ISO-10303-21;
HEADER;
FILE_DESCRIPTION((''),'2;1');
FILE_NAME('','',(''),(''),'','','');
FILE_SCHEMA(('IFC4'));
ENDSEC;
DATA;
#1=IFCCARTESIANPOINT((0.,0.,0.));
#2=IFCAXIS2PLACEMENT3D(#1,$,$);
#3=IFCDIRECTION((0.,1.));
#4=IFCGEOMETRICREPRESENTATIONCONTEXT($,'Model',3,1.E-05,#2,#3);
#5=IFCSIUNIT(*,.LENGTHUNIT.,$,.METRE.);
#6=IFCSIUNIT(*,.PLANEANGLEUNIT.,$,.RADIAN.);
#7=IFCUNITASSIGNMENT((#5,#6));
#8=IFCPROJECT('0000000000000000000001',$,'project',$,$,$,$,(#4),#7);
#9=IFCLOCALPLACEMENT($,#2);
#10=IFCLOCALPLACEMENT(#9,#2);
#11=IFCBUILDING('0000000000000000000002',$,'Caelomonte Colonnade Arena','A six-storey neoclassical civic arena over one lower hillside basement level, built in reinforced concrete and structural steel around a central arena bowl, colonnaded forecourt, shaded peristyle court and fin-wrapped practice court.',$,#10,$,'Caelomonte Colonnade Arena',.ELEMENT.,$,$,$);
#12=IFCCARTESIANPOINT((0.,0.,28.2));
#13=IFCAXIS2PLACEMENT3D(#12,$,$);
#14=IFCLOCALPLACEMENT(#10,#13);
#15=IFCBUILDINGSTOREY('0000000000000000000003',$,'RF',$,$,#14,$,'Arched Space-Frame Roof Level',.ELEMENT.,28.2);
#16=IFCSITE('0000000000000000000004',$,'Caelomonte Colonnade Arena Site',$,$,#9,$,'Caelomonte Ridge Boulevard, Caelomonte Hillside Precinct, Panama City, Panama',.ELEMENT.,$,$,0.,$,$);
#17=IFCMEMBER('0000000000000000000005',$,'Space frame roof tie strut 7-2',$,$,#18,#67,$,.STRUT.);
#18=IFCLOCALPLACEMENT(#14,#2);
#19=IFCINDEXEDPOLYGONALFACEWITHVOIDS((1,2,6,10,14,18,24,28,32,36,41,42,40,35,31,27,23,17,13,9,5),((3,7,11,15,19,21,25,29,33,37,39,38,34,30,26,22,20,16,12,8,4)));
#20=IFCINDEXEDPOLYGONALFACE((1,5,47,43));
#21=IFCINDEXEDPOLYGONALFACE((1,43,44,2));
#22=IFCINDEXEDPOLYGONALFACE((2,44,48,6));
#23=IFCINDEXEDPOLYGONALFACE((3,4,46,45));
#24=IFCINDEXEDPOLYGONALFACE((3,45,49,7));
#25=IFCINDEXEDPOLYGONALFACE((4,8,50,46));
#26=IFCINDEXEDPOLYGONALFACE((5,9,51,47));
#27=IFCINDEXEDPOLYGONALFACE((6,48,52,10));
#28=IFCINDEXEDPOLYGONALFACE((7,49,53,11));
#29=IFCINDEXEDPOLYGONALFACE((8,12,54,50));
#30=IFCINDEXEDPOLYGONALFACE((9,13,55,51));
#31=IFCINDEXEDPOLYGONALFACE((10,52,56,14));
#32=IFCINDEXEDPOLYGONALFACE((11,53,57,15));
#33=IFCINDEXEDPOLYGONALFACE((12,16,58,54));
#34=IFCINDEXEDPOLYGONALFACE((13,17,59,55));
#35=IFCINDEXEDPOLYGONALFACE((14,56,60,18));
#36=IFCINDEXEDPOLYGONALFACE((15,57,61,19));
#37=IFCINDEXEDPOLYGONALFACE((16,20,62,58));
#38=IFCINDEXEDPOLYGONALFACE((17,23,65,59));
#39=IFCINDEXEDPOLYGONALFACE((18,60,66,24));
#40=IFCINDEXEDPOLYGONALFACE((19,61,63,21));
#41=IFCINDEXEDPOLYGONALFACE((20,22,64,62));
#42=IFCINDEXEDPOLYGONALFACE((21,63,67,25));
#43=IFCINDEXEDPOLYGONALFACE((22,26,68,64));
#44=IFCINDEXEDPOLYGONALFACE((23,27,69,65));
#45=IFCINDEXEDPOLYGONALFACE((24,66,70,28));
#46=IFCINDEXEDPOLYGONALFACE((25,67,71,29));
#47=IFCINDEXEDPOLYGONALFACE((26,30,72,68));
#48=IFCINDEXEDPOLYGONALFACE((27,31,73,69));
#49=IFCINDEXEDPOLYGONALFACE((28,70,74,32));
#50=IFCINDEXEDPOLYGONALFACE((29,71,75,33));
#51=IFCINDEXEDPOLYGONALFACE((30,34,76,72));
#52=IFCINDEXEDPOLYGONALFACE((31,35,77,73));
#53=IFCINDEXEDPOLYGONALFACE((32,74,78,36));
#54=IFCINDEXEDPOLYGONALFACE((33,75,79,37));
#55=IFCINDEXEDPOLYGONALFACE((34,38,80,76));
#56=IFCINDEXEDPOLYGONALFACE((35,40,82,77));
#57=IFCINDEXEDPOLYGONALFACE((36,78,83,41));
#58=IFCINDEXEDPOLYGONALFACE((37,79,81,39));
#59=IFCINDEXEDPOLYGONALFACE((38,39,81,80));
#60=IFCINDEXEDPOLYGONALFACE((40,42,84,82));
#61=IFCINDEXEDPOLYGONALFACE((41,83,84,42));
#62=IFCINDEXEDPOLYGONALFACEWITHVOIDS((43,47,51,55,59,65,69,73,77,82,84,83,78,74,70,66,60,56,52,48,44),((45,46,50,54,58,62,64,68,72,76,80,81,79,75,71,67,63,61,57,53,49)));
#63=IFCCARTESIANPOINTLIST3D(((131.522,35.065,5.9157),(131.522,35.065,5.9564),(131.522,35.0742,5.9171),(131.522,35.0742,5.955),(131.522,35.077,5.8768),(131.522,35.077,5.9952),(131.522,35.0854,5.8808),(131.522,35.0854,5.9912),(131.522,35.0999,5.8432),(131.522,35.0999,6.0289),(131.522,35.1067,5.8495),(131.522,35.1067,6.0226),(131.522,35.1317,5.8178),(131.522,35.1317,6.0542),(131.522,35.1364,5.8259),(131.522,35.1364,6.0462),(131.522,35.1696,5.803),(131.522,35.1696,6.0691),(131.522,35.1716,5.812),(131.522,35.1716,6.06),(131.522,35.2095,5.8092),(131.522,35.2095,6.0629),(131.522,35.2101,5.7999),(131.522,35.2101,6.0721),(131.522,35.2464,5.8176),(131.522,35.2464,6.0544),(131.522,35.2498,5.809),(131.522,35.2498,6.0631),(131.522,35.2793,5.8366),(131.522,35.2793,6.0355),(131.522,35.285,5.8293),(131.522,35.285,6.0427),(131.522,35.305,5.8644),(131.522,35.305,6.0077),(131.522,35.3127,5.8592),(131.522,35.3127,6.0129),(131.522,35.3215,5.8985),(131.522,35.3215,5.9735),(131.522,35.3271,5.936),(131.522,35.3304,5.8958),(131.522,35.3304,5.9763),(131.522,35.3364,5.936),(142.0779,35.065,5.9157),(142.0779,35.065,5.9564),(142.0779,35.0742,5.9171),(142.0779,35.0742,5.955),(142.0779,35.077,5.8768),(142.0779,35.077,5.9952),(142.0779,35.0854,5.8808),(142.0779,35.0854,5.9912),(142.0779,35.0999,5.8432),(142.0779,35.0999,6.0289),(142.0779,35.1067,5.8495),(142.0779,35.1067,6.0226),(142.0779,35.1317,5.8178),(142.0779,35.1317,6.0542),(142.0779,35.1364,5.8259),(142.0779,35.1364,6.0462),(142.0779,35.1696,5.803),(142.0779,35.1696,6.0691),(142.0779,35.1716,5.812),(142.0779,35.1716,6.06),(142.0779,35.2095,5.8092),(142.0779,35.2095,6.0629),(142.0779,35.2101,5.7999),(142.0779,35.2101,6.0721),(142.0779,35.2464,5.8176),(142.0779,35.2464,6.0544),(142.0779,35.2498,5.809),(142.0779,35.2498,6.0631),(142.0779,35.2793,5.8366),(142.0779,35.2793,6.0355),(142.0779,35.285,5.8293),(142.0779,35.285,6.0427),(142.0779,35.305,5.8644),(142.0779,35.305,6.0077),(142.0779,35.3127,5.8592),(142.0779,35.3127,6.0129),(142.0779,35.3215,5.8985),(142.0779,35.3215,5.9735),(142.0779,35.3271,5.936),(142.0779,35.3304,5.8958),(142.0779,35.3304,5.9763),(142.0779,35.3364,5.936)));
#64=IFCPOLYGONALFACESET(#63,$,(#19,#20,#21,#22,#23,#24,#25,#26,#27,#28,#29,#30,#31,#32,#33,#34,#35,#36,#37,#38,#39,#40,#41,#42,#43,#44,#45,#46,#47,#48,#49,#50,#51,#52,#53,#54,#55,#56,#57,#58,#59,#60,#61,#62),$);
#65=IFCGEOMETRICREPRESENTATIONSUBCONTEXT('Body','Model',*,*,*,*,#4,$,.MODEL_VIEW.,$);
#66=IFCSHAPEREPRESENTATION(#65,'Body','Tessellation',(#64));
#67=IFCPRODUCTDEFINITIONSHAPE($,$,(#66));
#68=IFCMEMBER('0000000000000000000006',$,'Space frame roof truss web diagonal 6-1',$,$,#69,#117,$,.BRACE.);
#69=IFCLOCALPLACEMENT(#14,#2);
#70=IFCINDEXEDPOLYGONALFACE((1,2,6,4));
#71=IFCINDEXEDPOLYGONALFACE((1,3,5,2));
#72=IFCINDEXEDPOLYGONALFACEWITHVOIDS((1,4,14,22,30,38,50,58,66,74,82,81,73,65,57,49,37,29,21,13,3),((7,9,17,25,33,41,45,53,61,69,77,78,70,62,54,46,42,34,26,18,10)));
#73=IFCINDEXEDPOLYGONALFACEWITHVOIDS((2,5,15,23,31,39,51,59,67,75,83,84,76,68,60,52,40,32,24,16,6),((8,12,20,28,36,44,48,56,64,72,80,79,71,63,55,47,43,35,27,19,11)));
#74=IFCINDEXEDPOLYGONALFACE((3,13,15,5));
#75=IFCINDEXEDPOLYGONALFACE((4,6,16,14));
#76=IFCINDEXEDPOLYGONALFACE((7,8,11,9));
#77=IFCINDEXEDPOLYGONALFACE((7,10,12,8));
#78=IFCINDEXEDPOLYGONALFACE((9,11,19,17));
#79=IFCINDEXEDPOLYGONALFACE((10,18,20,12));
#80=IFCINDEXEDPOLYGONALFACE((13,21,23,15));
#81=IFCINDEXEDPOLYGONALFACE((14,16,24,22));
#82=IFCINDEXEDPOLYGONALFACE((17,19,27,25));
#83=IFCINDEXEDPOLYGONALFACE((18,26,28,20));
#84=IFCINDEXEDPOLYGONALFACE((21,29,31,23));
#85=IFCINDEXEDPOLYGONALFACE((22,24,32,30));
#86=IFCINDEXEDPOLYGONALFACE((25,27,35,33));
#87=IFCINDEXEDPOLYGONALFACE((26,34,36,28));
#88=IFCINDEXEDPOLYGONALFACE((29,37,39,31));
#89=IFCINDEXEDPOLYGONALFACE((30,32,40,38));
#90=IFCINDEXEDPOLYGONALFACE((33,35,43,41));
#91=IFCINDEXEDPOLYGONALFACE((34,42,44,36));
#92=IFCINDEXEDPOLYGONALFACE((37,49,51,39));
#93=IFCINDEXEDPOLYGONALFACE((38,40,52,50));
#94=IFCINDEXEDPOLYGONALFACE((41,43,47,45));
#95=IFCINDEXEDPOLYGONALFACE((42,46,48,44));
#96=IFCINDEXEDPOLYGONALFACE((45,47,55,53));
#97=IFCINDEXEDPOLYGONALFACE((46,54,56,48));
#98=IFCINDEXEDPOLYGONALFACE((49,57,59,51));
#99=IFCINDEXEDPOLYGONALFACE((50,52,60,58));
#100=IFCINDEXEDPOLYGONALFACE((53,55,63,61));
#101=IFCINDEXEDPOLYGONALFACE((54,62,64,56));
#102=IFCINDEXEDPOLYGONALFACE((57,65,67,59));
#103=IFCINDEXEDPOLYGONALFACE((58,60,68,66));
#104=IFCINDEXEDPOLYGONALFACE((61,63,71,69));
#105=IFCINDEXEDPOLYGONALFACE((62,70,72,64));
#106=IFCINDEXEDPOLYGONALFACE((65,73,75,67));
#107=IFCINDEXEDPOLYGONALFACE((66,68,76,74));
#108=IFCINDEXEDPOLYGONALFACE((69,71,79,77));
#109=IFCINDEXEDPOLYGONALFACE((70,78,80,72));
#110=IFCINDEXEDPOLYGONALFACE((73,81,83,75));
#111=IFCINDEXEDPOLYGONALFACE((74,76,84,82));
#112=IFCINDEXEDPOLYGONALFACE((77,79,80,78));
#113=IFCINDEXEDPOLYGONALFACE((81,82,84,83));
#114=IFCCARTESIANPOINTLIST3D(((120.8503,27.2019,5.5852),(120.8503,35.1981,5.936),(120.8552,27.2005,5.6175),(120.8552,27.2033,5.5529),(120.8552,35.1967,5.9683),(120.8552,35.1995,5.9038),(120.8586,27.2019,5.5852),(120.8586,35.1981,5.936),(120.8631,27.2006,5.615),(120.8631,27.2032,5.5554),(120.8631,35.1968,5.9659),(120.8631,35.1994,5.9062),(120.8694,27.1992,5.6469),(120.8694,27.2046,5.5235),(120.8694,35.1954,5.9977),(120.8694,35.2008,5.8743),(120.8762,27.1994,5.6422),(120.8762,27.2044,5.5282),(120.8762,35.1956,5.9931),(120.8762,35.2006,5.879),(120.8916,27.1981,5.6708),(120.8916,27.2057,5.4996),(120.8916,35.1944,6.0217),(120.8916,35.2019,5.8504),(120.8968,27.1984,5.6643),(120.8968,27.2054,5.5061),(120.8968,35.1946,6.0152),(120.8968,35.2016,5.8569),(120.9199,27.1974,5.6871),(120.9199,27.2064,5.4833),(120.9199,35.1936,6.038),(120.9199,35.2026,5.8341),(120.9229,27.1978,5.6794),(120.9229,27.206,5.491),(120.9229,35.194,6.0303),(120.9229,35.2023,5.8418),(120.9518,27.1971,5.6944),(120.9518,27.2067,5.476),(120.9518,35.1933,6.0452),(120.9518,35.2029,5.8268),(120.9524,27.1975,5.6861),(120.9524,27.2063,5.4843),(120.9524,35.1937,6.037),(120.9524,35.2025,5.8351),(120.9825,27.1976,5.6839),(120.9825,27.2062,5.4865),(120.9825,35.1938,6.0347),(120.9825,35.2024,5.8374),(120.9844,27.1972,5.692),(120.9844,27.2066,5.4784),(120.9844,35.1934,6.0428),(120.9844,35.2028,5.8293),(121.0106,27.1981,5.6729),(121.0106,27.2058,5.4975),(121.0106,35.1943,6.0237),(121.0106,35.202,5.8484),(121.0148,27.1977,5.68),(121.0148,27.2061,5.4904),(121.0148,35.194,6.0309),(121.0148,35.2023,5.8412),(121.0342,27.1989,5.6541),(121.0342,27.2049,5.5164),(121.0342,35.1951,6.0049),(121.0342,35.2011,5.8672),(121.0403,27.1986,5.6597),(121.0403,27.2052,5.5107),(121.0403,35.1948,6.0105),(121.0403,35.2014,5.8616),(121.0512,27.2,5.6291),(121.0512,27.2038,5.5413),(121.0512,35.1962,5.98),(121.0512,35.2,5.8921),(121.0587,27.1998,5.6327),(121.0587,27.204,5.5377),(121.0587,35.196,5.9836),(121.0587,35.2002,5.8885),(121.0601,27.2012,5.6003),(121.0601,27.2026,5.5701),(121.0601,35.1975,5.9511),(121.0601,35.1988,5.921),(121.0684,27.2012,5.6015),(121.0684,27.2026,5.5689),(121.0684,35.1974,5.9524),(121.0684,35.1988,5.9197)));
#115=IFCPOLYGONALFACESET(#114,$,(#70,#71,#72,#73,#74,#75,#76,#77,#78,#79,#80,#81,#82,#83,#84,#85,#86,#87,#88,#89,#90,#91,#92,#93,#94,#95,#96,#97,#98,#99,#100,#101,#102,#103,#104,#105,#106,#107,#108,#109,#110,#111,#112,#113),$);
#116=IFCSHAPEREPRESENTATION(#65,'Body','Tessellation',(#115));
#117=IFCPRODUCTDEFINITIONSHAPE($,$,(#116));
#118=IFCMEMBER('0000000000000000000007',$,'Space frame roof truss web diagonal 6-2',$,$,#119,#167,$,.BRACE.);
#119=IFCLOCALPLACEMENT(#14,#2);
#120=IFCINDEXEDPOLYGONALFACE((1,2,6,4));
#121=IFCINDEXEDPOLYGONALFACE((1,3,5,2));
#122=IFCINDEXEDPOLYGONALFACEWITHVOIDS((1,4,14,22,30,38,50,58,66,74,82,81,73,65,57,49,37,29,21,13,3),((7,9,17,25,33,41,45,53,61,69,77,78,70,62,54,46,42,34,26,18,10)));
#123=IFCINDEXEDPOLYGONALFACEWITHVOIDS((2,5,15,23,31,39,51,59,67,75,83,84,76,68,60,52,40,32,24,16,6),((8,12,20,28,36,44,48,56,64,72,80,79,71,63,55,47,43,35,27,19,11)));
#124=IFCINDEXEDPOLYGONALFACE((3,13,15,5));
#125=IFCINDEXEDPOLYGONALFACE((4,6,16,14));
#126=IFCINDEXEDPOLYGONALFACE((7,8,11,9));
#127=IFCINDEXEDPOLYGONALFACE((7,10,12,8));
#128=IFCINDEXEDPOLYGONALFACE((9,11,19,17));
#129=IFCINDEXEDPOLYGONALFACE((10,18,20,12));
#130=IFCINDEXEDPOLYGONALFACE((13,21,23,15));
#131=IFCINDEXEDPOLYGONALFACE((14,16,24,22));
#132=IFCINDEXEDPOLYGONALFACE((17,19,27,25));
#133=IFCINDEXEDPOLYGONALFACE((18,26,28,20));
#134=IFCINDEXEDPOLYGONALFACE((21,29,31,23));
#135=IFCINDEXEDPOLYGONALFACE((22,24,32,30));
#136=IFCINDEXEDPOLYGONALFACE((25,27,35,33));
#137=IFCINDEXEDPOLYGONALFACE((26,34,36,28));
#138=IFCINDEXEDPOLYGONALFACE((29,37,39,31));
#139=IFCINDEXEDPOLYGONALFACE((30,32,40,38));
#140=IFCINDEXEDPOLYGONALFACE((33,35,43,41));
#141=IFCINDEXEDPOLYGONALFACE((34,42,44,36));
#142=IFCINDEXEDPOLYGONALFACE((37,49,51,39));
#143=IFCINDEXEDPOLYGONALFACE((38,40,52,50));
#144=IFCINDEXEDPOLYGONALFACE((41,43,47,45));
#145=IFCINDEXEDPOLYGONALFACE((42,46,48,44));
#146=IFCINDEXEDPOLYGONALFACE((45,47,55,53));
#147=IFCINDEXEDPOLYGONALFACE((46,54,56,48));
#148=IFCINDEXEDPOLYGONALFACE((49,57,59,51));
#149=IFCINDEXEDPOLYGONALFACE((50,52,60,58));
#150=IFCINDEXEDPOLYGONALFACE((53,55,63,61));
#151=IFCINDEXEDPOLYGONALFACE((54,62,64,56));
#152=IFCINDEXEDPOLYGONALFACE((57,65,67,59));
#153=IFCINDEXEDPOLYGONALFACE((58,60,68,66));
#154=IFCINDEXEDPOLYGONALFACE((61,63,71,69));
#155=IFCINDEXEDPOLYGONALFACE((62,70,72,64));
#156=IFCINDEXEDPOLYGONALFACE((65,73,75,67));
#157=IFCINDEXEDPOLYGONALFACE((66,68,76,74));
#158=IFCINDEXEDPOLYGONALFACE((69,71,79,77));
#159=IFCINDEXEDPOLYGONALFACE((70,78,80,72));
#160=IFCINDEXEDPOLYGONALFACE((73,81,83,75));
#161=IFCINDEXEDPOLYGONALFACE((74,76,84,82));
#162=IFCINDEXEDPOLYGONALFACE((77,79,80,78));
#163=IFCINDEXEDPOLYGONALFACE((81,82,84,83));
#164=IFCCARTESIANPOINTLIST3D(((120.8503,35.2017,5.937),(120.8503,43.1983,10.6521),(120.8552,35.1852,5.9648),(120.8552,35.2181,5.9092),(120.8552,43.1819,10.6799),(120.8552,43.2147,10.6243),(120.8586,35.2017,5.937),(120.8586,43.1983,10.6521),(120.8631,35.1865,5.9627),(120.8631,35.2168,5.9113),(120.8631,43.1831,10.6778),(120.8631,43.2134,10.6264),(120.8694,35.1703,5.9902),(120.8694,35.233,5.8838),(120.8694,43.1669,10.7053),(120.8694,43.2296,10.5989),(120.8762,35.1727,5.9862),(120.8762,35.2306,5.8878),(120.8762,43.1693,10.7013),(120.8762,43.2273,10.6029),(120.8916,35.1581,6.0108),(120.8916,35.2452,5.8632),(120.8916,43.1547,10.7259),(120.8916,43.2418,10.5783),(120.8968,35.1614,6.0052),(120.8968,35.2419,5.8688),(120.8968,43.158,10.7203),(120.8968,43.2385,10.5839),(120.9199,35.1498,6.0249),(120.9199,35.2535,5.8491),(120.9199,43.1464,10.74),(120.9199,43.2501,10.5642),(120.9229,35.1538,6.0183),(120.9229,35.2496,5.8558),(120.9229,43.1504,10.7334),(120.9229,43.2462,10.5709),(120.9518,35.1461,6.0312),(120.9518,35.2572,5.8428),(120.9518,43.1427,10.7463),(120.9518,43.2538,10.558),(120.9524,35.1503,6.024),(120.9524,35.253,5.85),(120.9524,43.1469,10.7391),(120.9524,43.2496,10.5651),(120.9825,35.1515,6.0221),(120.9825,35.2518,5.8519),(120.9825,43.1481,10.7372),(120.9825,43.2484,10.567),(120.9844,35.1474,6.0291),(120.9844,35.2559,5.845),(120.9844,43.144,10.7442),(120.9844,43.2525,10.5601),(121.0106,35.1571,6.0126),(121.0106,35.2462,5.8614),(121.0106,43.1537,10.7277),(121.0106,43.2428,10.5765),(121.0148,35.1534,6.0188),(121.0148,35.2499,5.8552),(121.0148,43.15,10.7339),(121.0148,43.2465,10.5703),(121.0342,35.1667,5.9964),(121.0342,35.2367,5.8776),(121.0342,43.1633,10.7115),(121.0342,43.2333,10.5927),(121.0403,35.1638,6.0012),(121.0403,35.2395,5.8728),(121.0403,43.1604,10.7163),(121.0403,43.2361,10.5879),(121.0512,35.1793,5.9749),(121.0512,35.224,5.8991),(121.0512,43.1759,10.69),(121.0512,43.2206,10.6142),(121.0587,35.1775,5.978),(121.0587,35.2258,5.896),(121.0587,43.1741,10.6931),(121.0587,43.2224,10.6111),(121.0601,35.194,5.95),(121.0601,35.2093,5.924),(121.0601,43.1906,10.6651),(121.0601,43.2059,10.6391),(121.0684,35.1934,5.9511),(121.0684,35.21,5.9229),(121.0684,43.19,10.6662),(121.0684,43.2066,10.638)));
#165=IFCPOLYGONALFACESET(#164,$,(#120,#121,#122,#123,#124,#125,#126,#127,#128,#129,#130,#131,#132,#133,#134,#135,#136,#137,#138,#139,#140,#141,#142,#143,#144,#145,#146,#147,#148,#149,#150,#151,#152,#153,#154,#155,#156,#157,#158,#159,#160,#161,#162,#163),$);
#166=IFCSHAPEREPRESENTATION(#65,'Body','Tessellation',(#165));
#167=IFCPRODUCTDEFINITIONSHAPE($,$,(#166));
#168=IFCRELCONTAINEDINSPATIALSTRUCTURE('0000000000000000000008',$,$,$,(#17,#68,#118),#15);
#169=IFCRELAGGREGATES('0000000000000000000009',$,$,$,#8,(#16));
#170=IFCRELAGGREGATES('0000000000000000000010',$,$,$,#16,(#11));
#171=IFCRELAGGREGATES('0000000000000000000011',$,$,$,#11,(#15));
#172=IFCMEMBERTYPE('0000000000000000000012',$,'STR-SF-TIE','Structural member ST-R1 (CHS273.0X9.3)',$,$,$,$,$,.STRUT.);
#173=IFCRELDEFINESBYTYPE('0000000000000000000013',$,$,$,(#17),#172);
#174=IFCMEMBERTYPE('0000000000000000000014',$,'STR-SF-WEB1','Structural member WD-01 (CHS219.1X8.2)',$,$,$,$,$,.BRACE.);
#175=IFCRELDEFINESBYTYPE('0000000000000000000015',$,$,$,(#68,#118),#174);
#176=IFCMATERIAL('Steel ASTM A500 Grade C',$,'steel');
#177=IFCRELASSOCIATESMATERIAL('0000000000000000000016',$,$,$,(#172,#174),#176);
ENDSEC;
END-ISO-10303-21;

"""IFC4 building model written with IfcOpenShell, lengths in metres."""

from ifc_helpers import new_model, si_unit, direction, frame, origin, origin_2d, place, context, subcontext, project, spatial, hollow_circle, extrude, material, material_profile, profile_set, type_object, element, save


model = new_model("IFC4")

# Units and contexts
model_context = context("Model", 3, precision=1e-05, world=origin(), true_north=direction((0.0, 1.0)))
body_context = subcontext(model_context, "Body", "Model", "MODEL_VIEW")
ifc_project = project(units=[si_unit("LENGTHUNIT", "METRE"), si_unit("PLANEANGLEUNIT", "RADIAN")], contexts=[model_context])

# Site, building, storey
site_placement = place(None, origin())
site = spatial("IfcSite", under=ifc_project, at=site_placement, Name="Caelomonte Colonnade Arena Site", LongName="Caelomonte Ridge Boulevard, Caelomonte Hillside Precinct, Panama City, Panama", CompositionType="ELEMENT", RefElevation=0.0)
building_placement = place(site_placement, origin())
building = spatial("IfcBuilding", under=site, at=building_placement, Name="Caelomonte Colonnade Arena", Description="A six-storey neoclassical civic arena over one lower hillside basement level, built in reinforced concrete and structural steel around a central arena bowl, colonnaded forecourt, shaded peristyle court and fin-wrapped practice court.", LongName="Caelomonte Colonnade Arena", CompositionType="ELEMENT")
storey_placement = place(building_placement, frame((0.0, 0.0, 28.2)))
storey = spatial("IfcBuildingStorey", under=building, at=storey_placement, Name="RF", LongName="Arched Space-Frame Roof Level", CompositionType="ELEMENT", Elevation=28.2)

# Members
ifc_material_1 = material(Name="Steel ASTM A500 Grade C", Category="steel")
ifc_material_profile_1 = material_profile(ifc_material_1, hollow_circle(Radius=0.1365, WallThickness=0.0093, at=origin_2d()), Name="CHS273.0X9.3")
ifc_profile_set_1 = profile_set([ifc_material_profile_1], Name="Steel ASTM A500 Grade C")
member_type_1 = type_object("IfcMemberType", Name="STR-SF-TIE", Description="Structural member ST-R1 (CHS273.0X9.3)", PredefinedType="STRUT", material=ifc_profile_set_1)
for number, where, z_axis, x_axis, name in (
    (1, (131.522, 35.2, 5.936), (1.0, 0.0, 0.0), (0.0, 1.0, 0.0), "Space frame roof tie strut 7-2"),
):
    element("IfcMember", number, at=place(storey_placement, frame(where, z_axis=z_axis, x_axis=x_axis)), inside=storey, type_object=member_type_1, Name=name, PredefinedType="STRUT", context=body_context, shape_type="SweptSolid", body=[
        extrude(hollow_circle(Radius=0.1365, WallThickness=0.0093, at=origin_2d()), origin(), (0.0, 0.0, 1.0), 10.5559),
    ])
ifc_material_profile_2 = material_profile(ifc_material_1, hollow_circle(Radius=0.1096, WallThickness=0.0083, at=origin_2d()), Name="CHS219.1X8.2")
ifc_profile_set_2 = profile_set([ifc_material_profile_2], Name="Steel ASTM A500 Grade C")
member_type_2 = type_object("IfcMemberType", Name="STR-SF-WEB1", Description="Structural member WD-01 (CHS219.1X8.2)", PredefinedType="BRACE", material=ifc_profile_set_2)
member_1_placement = place(storey_placement, frame((120.96, 27.2019, 5.5852), z_axis=(0.0, 0.999039, 0.043833), x_axis=(-1.0, 0.0, 0.0)))
element("IfcMember", 2, at=member_1_placement, inside=storey, type_object=member_type_2, Name="Space frame roof truss web diagonal 6-1", PredefinedType="BRACE", context=body_context, shape_type="SweptSolid", body=[
    extrude(hollow_circle(Radius=0.1096, WallThickness=0.0083, at=origin_2d()), origin(), (0.0, 0.0, 1.0), 8.0039),
])
member_2_placement = place(storey_placement, frame((120.96, 35.2017, 5.937), z_axis=(0.0, 0.861406, 0.507917), x_axis=(-1.0, 0.0, 0.0)))
element("IfcMember", 3, at=member_2_placement, inside=storey, type_object=member_type_2, Name="Space frame roof truss web diagonal 6-2", PredefinedType="BRACE", context=body_context, shape_type="SweptSolid", body=[
    extrude(hollow_circle(Radius=0.1096, WallThickness=0.0083, at=origin_2d()), origin(), (0.0, 0.0, 1.0), 9.2832),
])

save(model, "model.ifc")
